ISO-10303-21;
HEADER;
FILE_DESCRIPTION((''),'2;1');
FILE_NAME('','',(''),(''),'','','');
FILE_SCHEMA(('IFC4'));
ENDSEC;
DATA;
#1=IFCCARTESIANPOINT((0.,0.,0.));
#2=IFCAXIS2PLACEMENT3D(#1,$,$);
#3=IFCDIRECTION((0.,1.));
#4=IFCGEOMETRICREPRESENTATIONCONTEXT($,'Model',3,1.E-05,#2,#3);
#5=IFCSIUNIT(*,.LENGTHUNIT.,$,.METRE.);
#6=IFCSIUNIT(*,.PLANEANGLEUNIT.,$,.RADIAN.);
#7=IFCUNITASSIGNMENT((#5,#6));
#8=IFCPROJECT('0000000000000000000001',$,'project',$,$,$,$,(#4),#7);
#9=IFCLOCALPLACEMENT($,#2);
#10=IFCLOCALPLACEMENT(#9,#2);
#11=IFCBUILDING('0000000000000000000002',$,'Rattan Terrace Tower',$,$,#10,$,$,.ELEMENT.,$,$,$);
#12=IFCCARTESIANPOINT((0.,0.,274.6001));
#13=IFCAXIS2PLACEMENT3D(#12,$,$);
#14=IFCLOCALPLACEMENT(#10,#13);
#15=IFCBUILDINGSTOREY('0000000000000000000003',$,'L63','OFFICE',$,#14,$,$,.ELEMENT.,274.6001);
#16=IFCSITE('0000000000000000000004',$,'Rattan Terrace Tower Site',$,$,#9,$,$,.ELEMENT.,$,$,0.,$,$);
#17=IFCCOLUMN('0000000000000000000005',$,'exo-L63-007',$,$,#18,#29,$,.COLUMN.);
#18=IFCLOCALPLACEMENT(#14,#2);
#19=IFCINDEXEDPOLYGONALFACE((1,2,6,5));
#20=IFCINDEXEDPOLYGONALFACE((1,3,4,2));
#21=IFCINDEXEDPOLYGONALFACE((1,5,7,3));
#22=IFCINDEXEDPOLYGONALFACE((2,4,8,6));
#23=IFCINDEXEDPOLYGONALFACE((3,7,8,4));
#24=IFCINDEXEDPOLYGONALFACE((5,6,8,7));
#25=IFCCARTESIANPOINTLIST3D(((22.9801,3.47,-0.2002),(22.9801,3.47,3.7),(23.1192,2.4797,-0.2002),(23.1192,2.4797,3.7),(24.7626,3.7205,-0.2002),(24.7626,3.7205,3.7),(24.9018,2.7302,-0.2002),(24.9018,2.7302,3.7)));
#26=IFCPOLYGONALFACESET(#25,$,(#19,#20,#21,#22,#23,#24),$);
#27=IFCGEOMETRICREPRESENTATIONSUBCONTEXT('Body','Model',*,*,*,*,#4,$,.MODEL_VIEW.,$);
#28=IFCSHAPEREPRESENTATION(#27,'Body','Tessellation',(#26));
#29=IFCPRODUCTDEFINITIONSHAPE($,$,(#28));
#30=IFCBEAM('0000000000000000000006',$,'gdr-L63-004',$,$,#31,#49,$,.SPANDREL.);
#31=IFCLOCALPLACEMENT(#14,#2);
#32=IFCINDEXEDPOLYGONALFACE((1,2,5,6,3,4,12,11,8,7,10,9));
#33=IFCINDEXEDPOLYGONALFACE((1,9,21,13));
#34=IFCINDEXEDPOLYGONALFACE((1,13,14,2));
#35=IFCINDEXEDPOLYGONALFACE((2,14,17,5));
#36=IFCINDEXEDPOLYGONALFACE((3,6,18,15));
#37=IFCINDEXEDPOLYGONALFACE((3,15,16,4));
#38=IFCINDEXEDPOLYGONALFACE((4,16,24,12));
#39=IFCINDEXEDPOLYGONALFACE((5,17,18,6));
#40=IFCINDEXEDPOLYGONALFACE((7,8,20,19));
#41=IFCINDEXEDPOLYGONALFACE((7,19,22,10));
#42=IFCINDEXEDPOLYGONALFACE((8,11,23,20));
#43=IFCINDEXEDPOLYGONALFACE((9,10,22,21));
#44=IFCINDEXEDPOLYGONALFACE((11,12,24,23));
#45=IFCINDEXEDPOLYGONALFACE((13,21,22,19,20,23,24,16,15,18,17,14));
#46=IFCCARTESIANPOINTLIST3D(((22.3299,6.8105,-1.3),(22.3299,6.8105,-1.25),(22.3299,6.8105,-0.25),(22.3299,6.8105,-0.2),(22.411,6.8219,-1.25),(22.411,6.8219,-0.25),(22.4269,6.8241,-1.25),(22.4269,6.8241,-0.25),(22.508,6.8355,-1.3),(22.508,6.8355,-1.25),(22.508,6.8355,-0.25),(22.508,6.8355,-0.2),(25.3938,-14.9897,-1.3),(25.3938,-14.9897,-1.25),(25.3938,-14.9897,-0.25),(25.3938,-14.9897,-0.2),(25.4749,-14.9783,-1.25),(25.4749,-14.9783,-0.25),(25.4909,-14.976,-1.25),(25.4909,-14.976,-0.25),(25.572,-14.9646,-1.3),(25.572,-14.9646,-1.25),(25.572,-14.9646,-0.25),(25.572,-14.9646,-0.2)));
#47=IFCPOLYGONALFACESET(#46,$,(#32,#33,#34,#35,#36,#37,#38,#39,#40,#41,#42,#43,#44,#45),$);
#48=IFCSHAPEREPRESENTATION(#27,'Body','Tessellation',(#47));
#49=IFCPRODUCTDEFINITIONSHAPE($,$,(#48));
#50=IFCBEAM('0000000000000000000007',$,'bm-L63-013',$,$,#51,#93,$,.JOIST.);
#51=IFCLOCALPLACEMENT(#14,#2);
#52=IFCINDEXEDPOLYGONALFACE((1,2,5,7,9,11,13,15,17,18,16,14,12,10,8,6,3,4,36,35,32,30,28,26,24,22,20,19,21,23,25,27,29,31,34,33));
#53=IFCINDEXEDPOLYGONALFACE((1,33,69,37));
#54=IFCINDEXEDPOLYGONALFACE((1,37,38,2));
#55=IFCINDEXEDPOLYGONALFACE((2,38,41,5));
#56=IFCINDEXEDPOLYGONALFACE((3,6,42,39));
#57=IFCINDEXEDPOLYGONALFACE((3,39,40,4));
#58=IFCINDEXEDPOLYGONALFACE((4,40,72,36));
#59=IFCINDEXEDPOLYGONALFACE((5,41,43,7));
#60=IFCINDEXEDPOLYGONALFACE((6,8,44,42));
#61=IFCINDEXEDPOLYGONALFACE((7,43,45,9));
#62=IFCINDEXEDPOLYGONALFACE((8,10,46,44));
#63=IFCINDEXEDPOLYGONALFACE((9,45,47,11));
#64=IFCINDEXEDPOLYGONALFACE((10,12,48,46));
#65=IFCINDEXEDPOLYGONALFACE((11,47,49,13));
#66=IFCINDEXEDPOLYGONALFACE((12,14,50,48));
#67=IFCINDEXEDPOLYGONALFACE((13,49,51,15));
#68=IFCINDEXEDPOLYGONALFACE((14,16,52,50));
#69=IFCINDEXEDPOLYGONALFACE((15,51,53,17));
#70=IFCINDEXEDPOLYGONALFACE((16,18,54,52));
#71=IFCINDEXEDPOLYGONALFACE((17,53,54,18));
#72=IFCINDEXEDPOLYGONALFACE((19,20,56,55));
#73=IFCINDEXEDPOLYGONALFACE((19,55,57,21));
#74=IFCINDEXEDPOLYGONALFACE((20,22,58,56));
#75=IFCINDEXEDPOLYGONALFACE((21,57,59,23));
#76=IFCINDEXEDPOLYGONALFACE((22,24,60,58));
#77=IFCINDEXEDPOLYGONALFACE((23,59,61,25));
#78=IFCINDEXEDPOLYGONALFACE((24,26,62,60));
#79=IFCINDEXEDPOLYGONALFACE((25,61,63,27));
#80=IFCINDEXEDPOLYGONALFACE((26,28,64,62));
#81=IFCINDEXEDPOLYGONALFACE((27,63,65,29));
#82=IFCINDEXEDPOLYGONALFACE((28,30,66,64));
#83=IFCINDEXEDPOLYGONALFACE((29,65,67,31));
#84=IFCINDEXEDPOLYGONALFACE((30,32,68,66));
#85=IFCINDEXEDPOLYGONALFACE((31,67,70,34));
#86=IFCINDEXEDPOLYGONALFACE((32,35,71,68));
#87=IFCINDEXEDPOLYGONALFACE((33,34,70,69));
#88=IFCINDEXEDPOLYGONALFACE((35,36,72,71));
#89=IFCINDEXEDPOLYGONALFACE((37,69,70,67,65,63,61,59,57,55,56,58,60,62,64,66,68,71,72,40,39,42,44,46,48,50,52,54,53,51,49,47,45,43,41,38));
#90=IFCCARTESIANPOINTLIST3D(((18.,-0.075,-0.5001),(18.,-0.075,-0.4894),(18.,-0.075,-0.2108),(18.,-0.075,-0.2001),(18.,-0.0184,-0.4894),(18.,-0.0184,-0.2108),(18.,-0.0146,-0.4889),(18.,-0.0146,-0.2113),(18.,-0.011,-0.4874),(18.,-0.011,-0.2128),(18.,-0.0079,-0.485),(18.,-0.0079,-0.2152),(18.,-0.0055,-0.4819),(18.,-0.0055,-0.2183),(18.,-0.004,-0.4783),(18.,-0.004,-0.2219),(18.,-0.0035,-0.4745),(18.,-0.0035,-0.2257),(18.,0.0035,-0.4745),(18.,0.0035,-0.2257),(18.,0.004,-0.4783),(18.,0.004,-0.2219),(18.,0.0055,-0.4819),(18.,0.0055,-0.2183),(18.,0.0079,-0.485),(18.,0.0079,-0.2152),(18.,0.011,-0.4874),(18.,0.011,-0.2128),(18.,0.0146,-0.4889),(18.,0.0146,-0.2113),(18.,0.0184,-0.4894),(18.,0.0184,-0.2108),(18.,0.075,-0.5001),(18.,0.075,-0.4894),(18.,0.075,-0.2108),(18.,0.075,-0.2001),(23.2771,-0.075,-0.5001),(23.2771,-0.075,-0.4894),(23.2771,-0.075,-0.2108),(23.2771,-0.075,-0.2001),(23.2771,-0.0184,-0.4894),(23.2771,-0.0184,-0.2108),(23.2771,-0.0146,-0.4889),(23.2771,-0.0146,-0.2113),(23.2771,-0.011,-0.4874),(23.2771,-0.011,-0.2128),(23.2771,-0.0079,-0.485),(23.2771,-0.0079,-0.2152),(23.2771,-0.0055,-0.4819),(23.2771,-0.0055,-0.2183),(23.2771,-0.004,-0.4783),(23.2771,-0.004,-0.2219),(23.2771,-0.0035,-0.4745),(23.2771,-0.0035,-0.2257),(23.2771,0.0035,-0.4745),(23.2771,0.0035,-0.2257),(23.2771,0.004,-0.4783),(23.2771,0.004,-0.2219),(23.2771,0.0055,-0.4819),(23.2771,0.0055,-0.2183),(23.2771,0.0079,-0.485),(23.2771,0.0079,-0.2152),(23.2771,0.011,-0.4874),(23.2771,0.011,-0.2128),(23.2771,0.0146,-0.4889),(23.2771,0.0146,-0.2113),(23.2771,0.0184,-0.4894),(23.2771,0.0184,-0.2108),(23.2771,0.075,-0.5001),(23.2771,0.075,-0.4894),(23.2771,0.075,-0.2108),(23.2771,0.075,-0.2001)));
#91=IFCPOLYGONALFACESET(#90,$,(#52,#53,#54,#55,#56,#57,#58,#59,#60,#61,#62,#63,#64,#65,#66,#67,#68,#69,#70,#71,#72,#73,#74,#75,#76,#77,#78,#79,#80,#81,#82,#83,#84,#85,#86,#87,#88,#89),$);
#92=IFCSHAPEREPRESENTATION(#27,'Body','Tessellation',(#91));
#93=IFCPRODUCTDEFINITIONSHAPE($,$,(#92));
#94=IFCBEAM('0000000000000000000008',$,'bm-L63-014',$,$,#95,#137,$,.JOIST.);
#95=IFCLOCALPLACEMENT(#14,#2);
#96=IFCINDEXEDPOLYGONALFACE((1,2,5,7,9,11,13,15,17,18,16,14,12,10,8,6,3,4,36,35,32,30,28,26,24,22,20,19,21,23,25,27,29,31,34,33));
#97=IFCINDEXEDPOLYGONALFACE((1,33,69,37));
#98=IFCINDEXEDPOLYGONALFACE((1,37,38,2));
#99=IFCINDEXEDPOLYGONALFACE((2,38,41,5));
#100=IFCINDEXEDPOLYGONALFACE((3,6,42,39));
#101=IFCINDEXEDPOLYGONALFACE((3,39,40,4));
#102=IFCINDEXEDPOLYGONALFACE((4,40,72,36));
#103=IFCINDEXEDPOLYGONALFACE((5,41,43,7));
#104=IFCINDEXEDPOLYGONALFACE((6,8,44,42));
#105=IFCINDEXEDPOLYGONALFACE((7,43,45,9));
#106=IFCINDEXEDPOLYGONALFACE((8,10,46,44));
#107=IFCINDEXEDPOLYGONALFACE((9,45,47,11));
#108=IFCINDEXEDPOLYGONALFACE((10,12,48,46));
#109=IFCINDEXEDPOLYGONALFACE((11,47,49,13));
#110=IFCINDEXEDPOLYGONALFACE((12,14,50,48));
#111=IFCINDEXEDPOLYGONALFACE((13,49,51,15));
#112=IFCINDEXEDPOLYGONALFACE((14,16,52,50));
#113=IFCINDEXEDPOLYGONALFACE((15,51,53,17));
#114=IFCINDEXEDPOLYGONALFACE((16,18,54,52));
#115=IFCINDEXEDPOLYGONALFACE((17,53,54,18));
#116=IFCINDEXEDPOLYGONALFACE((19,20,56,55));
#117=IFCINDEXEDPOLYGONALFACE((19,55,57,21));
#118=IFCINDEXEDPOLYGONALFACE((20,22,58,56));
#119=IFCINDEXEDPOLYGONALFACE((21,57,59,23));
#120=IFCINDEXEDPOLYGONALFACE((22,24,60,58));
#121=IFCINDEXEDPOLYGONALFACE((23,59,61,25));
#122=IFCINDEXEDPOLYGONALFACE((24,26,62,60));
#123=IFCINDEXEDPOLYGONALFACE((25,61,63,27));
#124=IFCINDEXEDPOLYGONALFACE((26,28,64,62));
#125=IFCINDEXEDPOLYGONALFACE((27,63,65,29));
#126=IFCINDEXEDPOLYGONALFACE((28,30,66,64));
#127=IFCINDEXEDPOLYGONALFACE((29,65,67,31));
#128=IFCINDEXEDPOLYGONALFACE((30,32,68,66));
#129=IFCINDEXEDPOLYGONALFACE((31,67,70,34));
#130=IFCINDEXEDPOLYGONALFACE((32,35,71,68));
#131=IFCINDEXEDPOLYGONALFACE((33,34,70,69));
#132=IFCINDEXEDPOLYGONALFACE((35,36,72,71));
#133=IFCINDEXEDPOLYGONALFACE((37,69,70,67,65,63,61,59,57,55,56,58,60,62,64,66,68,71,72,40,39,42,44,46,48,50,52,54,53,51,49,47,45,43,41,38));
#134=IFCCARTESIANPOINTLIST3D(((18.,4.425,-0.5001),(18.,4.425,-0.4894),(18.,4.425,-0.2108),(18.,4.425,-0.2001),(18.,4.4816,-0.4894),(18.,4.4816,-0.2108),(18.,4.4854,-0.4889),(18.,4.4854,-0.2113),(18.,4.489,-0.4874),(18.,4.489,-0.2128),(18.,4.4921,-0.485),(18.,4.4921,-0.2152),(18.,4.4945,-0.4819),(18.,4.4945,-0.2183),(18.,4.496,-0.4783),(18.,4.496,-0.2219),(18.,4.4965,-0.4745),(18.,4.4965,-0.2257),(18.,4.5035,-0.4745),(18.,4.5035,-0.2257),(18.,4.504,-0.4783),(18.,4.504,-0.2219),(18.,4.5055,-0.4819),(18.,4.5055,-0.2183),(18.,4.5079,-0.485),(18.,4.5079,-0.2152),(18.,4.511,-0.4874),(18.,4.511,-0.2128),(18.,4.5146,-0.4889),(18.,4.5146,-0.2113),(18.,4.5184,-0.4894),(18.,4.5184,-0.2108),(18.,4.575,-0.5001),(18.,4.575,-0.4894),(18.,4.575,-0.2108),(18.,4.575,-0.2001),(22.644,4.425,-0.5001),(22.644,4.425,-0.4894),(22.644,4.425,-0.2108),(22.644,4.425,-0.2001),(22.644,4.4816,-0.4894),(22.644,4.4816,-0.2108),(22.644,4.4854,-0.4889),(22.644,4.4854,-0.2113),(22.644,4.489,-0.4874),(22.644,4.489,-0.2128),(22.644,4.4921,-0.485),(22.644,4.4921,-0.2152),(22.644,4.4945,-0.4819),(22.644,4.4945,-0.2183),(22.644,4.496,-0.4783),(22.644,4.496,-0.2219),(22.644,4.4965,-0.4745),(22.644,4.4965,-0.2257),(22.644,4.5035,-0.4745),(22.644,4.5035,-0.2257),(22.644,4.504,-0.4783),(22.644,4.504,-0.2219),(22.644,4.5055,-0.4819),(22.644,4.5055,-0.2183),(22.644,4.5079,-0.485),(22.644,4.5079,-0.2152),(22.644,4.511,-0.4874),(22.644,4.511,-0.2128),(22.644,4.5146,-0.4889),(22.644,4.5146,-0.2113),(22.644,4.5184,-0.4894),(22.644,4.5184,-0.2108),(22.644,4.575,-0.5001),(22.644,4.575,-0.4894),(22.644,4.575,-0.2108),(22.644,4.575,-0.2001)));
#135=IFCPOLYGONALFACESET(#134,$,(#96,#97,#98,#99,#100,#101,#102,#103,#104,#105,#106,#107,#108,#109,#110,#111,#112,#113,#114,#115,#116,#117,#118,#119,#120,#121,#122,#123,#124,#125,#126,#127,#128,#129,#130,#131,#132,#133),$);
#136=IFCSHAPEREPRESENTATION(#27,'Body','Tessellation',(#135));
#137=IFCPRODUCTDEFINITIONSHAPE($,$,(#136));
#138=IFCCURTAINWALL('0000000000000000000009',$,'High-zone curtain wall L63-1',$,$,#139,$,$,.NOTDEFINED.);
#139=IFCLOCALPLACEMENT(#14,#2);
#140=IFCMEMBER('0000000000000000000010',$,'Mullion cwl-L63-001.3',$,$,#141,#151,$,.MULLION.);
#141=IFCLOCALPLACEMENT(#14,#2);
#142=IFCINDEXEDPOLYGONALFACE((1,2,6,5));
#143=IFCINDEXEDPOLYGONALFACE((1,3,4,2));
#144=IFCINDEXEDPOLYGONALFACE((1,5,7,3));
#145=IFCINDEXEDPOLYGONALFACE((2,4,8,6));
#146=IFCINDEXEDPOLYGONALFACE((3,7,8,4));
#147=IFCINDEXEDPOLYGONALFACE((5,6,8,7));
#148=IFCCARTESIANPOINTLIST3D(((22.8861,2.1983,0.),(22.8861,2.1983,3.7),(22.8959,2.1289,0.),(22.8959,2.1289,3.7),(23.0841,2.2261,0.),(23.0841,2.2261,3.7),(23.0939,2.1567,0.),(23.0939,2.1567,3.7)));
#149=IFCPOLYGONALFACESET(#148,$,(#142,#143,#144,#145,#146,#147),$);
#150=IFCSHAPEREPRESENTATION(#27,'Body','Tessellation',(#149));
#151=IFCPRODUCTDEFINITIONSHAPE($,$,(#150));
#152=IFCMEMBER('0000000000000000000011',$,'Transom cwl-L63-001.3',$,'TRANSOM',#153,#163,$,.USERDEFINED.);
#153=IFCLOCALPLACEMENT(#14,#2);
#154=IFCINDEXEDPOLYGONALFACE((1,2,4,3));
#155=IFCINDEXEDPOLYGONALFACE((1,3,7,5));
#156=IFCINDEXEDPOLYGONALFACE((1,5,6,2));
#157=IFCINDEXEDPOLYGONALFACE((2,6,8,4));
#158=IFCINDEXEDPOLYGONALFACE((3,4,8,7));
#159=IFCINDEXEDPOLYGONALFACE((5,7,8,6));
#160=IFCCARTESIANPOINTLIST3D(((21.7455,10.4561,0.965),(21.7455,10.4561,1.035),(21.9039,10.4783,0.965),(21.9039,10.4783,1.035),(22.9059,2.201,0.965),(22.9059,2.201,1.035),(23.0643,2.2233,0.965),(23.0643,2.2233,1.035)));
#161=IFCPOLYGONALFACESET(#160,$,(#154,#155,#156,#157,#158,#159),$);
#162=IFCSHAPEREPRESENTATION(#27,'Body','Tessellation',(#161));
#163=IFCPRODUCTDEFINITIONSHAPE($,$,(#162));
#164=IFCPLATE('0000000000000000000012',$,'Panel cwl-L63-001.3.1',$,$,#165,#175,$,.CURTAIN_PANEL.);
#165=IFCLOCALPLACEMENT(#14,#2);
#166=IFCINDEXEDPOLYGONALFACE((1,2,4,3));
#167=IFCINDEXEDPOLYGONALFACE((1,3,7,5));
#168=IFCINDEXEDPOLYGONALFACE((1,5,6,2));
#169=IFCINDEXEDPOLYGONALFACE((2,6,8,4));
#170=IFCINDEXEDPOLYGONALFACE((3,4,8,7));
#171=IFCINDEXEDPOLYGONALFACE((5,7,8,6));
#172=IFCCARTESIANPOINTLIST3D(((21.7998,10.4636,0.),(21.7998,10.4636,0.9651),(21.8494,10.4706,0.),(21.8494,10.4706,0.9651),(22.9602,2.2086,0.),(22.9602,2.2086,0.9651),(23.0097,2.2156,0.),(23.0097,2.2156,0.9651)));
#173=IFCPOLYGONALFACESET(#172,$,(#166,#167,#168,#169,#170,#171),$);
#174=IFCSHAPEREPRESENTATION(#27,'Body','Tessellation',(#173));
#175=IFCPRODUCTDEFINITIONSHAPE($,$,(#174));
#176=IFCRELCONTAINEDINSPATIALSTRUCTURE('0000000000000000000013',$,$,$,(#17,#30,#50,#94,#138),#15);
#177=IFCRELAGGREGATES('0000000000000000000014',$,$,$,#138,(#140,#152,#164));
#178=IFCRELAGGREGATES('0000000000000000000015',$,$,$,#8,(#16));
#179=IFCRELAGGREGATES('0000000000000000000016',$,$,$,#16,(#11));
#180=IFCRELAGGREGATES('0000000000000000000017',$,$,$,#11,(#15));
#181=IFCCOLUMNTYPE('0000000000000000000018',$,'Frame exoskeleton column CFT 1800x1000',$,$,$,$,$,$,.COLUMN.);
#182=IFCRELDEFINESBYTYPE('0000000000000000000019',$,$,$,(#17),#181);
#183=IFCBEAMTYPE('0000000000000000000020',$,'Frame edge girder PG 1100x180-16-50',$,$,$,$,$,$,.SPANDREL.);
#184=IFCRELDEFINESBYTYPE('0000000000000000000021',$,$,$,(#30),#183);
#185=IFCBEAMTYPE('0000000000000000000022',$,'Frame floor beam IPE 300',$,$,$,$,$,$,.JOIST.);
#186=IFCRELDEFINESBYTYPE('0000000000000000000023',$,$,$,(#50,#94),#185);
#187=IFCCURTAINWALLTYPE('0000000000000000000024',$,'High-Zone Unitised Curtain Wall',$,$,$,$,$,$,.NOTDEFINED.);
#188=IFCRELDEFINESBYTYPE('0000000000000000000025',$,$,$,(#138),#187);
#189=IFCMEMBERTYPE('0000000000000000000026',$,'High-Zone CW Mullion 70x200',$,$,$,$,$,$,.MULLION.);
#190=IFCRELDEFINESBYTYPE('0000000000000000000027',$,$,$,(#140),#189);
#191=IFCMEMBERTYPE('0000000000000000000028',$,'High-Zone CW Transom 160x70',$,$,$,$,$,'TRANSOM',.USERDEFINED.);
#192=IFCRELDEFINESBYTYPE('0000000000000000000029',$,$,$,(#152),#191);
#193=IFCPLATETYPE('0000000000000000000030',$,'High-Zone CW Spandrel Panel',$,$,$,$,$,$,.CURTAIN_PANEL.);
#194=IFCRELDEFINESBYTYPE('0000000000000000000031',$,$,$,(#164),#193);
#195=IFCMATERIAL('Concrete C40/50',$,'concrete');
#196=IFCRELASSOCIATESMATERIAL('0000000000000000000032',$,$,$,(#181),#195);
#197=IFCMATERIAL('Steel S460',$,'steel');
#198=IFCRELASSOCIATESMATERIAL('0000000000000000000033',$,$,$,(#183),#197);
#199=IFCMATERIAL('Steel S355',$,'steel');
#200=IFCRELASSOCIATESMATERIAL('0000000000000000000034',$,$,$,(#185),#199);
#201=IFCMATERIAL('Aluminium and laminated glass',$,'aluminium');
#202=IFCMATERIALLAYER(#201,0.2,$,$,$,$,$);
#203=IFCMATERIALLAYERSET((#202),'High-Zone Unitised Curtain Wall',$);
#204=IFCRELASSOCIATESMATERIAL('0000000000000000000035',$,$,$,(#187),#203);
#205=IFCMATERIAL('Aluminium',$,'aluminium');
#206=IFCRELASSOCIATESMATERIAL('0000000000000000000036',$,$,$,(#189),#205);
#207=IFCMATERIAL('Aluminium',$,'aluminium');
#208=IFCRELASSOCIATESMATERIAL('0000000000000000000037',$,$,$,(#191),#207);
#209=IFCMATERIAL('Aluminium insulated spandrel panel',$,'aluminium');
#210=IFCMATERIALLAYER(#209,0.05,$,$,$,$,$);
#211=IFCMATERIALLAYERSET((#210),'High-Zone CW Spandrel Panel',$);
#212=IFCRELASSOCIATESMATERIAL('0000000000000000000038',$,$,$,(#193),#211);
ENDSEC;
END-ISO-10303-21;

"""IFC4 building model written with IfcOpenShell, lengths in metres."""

from ifc_helpers import new_model, si_unit, direction, frame, origin, origin_2d, place, context, subcontext, project, spatial, rectangle, i_section, extrude, material, layer, layer_set, material_profile, profile_set, type_object, element, aggregate, save


model = new_model("IFC4")

# Units and contexts
model_context = context("Model", 3, precision=1e-05, world=origin(), true_north=direction((0.0, 1.0)))
body_context = subcontext(model_context, "Body", "Model", "MODEL_VIEW")
ifc_project = project(units=[si_unit("LENGTHUNIT", "METRE"), si_unit("PLANEANGLEUNIT", "RADIAN")], contexts=[model_context])

# Site, building, storey
site_placement = place(None, origin())
site = spatial("IfcSite", under=ifc_project, at=site_placement, Name="Rattan Terrace Tower Site", CompositionType="ELEMENT", RefElevation=0.0)
building_placement = place(site_placement, origin())
building = spatial("IfcBuilding", under=site, at=building_placement, Name="Rattan Terrace Tower", CompositionType="ELEMENT")
storey_placement = place(building_placement, frame((0.0, 0.0, 274.6001)))
storey = spatial("IfcBuildingStorey", under=building, at=storey_placement, Name="L63", Description="OFFICE", CompositionType="ELEMENT", Elevation=274.6001)

# Column
ifc_material_1 = material(Name="Concrete C40/50", Category="concrete")
ifc_material_profile_1 = material_profile(ifc_material_1, rectangle(XDim=1.0, YDim=1.8, at=origin_2d()), Name="CFT 1800x1000")
ifc_profile_set_1 = profile_set([ifc_material_profile_1], Name="Concrete C40/50")
column_type = type_object("IfcColumnType", Name="Frame exoskeleton column CFT 1800x1000", PredefinedType="COLUMN", material=ifc_profile_set_1)
column_placement = place(storey_placement, frame((23.9409, 3.1001, -0.2002), z_axis=(0.0, 0.0, 1.0), x_axis=(-0.13919, 0.990266, 0.0)))
element("IfcColumn", 1, at=column_placement, inside=storey, type_object=column_type, Name="exo-L63-007", PredefinedType="COLUMN", context=body_context, shape_type="SweptSolid", body=[
    extrude(rectangle(XDim=1.0, YDim=1.8, at=origin_2d()), origin(), (0.0, 0.0, 1.0), 3.9001),
])

# Beams
ifc_material_2 = material(Name="Steel S460", Category="steel")
ifc_material_profile_2 = material_profile(ifc_material_2, i_section(OverallWidth=0.1799, OverallDepth=1.1001, WebThickness=0.0161, FlangeThickness=0.05, at=origin_2d()), Name="PG 1100x180-16-50")
ifc_profile_set_2 = profile_set([ifc_material_profile_2], Name="Steel S460")
beam_type_1 = type_object("IfcBeamType", Name="Frame edge girder PG 1100x180-16-50", PredefinedType="SPANDREL", material=ifc_profile_set_2)
beam_1_placement = place(storey_placement, frame((22.4189, 6.823, -0.75), z_axis=(0.139181, -0.990267, 0.0), x_axis=(0.990267, 0.139181, 0.0)))
element("IfcBeam", 2, at=beam_1_placement, inside=storey, type_object=beam_type_1, Name="gdr-L63-004", PredefinedType="SPANDREL", context=body_context, shape_type="SweptSolid", body=[
    extrude(i_section(OverallWidth=0.1799, OverallDepth=1.1001, WebThickness=0.0161, FlangeThickness=0.05, at=origin_2d()), origin(), (0.0, 0.0, 1.0), 22.0144),
])
ifc_material_3 = material(Name="Steel S355", Category="steel")
ifc_material_profile_3 = material_profile(ifc_material_3, i_section(OverallWidth=0.1499, OverallDepth=0.3, WebThickness=0.0071, FlangeThickness=0.0107, FilletRadius=0.0149, at=origin_2d()), Name="IPE 300")
ifc_profile_set_3 = profile_set([ifc_material_profile_3], Name="Steel S355")
beam_type_2 = type_object("IfcBeamType", Name="Frame floor beam IPE 300", PredefinedType="JOIST", material=ifc_profile_set_3)
beam_2_placement = place(storey_placement, frame((18.0, 0.0, -0.3501), z_axis=(1.0, 0.0, 0.0), x_axis=(0.0, 1.0, 0.0)))
element("IfcBeam", 3, at=beam_2_placement, inside=storey, type_object=beam_type_2, Name="bm-L63-013", PredefinedType="JOIST", context=body_context, shape_type="SweptSolid", body=[
    extrude(i_section(OverallWidth=0.1499, OverallDepth=0.3, WebThickness=0.0071, FlangeThickness=0.0107, FilletRadius=0.0149, at=origin_2d()), origin(), (0.0, 0.0, 1.0), 5.2771),
])
beam_3_placement = place(storey_placement, frame((18.0, 4.5, -0.3501), z_axis=(1.0, 0.0, 0.0), x_axis=(0.0, 1.0, 0.0)))
element("IfcBeam", 4, at=beam_3_placement, inside=storey, type_object=beam_type_2, Name="bm-L63-014", PredefinedType="JOIST", context=body_context, shape_type="SweptSolid", body=[
    extrude(i_section(OverallWidth=0.1499, OverallDepth=0.3, WebThickness=0.0071, FlangeThickness=0.0107, FilletRadius=0.0149, at=origin_2d()), origin(), (0.0, 0.0, 1.0), 4.644),
])

# Curtain wall, members, plate
ifc_material_4 = material(Name="Aluminium and laminated glass", Category="aluminium")
ifc_layer_1 = layer(ifc_material_4, 0.2)
ifc_layer_set_1 = layer_set([ifc_layer_1], Name="High-Zone Unitised Curtain Wall")
curtain_wall_type = type_object("IfcCurtainWallType", Name="High-Zone Unitised Curtain Wall", PredefinedType="NOTDEFINED", material=ifc_layer_set_1)
curtain_wall_placement = place(storey_placement, origin())
curtain_wall = element("IfcCurtainWall", 5, at=curtain_wall_placement, inside=storey, type_object=curtain_wall_type, Name="High-zone curtain wall L63-1", PredefinedType="NOTDEFINED")
ifc_material_5 = material(Name="Aluminium", Category="aluminium")
ifc_material_profile_4 = material_profile(ifc_material_5, rectangle(XDim=0.0701, YDim=0.2, at=origin_2d()), Name="Aluminium 70x200")
ifc_profile_set_4 = profile_set([ifc_material_profile_4], Name="Aluminium")
member_type_1 = type_object("IfcMemberType", Name="High-Zone CW Mullion 70x200", PredefinedType="MULLION", material=ifc_profile_set_4)
member_1_placement = place(storey_placement, frame((22.99, 2.1775, 0.0), z_axis=(0.0, 0.0, 1.0), x_axis=(-0.139192, 0.990265, 0.0)))
member_1 = element("IfcMember", 6, at=member_1_placement, type_object=member_type_1, Name="Mullion cwl-L63-001.3", PredefinedType="MULLION", context=body_context, shape_type="SweptSolid", body=[
    extrude(rectangle(XDim=0.0701, YDim=0.2, at=origin_2d()), origin(), (0.0, 0.0, 1.0), 3.7),
])
ifc_material_6 = material(Name="Aluminium", Category="aluminium")
ifc_material_profile_5 = material_profile(ifc_material_6, rectangle(XDim=0.1599, YDim=0.0701, at=origin_2d()), Name="Aluminium 160x70")
ifc_profile_set_5 = profile_set([ifc_material_profile_5], Name="Aluminium")
member_type_2 = type_object("IfcMemberType", Name="High-Zone CW Transom 160x70", ElementType="TRANSOM", PredefinedType="USERDEFINED", material=ifc_profile_set_5)
member_2_placement = place(storey_placement, frame((22.9851, 2.2122, 1.0), z_axis=(-0.139199, 0.990264, 0.0), x_axis=(-0.990264, -0.139199, 0.0)))
member_2 = element("IfcMember", 7, at=member_2_placement, type_object=member_type_2, Name="Transom cwl-L63-001.3", ObjectType="TRANSOM", PredefinedType="USERDEFINED", context=body_context, shape_type="SweptSolid", body=[
    extrude(rectangle(XDim=0.1599, YDim=0.0701, at=origin_2d()), origin(), (0.0, 0.0, 1.0), 8.3362),
])
ifc_material_7 = material(Name="Aluminium insulated spandrel panel", Category="aluminium")
ifc_layer_2 = layer(ifc_material_7, 0.05)
ifc_layer_set_2 = layer_set([ifc_layer_2], Name="High-Zone CW Spandrel Panel")
plate_type_1 = type_object("IfcPlateType", Name="High-Zone CW Spandrel Panel", PredefinedType="CURTAIN_PANEL", material=ifc_layer_set_2)
plate_1_placement = place(storey_placement, frame((22.4048, 6.3396, 0.0), z_axis=(0.0, 0.0, 1.0), x_axis=(-0.139192, 0.990265, 0.0)))
plate_1 = element("IfcPlate", 8, at=plate_1_placement, type_object=plate_type_1, Name="Panel cwl-L63-001.3.1", PredefinedType="CURTAIN_PANEL", context=body_context, shape_type="SweptSolid", body=[
    extrude(rectangle(XDim=8.3362, YDim=0.05, at=origin_2d()), origin(), (0.0, 0.0, 1.0), 0.9651),
])
aggregate(curtain_wall, [member_1, member_2, plate_1])

save(model, "model.ifc")
